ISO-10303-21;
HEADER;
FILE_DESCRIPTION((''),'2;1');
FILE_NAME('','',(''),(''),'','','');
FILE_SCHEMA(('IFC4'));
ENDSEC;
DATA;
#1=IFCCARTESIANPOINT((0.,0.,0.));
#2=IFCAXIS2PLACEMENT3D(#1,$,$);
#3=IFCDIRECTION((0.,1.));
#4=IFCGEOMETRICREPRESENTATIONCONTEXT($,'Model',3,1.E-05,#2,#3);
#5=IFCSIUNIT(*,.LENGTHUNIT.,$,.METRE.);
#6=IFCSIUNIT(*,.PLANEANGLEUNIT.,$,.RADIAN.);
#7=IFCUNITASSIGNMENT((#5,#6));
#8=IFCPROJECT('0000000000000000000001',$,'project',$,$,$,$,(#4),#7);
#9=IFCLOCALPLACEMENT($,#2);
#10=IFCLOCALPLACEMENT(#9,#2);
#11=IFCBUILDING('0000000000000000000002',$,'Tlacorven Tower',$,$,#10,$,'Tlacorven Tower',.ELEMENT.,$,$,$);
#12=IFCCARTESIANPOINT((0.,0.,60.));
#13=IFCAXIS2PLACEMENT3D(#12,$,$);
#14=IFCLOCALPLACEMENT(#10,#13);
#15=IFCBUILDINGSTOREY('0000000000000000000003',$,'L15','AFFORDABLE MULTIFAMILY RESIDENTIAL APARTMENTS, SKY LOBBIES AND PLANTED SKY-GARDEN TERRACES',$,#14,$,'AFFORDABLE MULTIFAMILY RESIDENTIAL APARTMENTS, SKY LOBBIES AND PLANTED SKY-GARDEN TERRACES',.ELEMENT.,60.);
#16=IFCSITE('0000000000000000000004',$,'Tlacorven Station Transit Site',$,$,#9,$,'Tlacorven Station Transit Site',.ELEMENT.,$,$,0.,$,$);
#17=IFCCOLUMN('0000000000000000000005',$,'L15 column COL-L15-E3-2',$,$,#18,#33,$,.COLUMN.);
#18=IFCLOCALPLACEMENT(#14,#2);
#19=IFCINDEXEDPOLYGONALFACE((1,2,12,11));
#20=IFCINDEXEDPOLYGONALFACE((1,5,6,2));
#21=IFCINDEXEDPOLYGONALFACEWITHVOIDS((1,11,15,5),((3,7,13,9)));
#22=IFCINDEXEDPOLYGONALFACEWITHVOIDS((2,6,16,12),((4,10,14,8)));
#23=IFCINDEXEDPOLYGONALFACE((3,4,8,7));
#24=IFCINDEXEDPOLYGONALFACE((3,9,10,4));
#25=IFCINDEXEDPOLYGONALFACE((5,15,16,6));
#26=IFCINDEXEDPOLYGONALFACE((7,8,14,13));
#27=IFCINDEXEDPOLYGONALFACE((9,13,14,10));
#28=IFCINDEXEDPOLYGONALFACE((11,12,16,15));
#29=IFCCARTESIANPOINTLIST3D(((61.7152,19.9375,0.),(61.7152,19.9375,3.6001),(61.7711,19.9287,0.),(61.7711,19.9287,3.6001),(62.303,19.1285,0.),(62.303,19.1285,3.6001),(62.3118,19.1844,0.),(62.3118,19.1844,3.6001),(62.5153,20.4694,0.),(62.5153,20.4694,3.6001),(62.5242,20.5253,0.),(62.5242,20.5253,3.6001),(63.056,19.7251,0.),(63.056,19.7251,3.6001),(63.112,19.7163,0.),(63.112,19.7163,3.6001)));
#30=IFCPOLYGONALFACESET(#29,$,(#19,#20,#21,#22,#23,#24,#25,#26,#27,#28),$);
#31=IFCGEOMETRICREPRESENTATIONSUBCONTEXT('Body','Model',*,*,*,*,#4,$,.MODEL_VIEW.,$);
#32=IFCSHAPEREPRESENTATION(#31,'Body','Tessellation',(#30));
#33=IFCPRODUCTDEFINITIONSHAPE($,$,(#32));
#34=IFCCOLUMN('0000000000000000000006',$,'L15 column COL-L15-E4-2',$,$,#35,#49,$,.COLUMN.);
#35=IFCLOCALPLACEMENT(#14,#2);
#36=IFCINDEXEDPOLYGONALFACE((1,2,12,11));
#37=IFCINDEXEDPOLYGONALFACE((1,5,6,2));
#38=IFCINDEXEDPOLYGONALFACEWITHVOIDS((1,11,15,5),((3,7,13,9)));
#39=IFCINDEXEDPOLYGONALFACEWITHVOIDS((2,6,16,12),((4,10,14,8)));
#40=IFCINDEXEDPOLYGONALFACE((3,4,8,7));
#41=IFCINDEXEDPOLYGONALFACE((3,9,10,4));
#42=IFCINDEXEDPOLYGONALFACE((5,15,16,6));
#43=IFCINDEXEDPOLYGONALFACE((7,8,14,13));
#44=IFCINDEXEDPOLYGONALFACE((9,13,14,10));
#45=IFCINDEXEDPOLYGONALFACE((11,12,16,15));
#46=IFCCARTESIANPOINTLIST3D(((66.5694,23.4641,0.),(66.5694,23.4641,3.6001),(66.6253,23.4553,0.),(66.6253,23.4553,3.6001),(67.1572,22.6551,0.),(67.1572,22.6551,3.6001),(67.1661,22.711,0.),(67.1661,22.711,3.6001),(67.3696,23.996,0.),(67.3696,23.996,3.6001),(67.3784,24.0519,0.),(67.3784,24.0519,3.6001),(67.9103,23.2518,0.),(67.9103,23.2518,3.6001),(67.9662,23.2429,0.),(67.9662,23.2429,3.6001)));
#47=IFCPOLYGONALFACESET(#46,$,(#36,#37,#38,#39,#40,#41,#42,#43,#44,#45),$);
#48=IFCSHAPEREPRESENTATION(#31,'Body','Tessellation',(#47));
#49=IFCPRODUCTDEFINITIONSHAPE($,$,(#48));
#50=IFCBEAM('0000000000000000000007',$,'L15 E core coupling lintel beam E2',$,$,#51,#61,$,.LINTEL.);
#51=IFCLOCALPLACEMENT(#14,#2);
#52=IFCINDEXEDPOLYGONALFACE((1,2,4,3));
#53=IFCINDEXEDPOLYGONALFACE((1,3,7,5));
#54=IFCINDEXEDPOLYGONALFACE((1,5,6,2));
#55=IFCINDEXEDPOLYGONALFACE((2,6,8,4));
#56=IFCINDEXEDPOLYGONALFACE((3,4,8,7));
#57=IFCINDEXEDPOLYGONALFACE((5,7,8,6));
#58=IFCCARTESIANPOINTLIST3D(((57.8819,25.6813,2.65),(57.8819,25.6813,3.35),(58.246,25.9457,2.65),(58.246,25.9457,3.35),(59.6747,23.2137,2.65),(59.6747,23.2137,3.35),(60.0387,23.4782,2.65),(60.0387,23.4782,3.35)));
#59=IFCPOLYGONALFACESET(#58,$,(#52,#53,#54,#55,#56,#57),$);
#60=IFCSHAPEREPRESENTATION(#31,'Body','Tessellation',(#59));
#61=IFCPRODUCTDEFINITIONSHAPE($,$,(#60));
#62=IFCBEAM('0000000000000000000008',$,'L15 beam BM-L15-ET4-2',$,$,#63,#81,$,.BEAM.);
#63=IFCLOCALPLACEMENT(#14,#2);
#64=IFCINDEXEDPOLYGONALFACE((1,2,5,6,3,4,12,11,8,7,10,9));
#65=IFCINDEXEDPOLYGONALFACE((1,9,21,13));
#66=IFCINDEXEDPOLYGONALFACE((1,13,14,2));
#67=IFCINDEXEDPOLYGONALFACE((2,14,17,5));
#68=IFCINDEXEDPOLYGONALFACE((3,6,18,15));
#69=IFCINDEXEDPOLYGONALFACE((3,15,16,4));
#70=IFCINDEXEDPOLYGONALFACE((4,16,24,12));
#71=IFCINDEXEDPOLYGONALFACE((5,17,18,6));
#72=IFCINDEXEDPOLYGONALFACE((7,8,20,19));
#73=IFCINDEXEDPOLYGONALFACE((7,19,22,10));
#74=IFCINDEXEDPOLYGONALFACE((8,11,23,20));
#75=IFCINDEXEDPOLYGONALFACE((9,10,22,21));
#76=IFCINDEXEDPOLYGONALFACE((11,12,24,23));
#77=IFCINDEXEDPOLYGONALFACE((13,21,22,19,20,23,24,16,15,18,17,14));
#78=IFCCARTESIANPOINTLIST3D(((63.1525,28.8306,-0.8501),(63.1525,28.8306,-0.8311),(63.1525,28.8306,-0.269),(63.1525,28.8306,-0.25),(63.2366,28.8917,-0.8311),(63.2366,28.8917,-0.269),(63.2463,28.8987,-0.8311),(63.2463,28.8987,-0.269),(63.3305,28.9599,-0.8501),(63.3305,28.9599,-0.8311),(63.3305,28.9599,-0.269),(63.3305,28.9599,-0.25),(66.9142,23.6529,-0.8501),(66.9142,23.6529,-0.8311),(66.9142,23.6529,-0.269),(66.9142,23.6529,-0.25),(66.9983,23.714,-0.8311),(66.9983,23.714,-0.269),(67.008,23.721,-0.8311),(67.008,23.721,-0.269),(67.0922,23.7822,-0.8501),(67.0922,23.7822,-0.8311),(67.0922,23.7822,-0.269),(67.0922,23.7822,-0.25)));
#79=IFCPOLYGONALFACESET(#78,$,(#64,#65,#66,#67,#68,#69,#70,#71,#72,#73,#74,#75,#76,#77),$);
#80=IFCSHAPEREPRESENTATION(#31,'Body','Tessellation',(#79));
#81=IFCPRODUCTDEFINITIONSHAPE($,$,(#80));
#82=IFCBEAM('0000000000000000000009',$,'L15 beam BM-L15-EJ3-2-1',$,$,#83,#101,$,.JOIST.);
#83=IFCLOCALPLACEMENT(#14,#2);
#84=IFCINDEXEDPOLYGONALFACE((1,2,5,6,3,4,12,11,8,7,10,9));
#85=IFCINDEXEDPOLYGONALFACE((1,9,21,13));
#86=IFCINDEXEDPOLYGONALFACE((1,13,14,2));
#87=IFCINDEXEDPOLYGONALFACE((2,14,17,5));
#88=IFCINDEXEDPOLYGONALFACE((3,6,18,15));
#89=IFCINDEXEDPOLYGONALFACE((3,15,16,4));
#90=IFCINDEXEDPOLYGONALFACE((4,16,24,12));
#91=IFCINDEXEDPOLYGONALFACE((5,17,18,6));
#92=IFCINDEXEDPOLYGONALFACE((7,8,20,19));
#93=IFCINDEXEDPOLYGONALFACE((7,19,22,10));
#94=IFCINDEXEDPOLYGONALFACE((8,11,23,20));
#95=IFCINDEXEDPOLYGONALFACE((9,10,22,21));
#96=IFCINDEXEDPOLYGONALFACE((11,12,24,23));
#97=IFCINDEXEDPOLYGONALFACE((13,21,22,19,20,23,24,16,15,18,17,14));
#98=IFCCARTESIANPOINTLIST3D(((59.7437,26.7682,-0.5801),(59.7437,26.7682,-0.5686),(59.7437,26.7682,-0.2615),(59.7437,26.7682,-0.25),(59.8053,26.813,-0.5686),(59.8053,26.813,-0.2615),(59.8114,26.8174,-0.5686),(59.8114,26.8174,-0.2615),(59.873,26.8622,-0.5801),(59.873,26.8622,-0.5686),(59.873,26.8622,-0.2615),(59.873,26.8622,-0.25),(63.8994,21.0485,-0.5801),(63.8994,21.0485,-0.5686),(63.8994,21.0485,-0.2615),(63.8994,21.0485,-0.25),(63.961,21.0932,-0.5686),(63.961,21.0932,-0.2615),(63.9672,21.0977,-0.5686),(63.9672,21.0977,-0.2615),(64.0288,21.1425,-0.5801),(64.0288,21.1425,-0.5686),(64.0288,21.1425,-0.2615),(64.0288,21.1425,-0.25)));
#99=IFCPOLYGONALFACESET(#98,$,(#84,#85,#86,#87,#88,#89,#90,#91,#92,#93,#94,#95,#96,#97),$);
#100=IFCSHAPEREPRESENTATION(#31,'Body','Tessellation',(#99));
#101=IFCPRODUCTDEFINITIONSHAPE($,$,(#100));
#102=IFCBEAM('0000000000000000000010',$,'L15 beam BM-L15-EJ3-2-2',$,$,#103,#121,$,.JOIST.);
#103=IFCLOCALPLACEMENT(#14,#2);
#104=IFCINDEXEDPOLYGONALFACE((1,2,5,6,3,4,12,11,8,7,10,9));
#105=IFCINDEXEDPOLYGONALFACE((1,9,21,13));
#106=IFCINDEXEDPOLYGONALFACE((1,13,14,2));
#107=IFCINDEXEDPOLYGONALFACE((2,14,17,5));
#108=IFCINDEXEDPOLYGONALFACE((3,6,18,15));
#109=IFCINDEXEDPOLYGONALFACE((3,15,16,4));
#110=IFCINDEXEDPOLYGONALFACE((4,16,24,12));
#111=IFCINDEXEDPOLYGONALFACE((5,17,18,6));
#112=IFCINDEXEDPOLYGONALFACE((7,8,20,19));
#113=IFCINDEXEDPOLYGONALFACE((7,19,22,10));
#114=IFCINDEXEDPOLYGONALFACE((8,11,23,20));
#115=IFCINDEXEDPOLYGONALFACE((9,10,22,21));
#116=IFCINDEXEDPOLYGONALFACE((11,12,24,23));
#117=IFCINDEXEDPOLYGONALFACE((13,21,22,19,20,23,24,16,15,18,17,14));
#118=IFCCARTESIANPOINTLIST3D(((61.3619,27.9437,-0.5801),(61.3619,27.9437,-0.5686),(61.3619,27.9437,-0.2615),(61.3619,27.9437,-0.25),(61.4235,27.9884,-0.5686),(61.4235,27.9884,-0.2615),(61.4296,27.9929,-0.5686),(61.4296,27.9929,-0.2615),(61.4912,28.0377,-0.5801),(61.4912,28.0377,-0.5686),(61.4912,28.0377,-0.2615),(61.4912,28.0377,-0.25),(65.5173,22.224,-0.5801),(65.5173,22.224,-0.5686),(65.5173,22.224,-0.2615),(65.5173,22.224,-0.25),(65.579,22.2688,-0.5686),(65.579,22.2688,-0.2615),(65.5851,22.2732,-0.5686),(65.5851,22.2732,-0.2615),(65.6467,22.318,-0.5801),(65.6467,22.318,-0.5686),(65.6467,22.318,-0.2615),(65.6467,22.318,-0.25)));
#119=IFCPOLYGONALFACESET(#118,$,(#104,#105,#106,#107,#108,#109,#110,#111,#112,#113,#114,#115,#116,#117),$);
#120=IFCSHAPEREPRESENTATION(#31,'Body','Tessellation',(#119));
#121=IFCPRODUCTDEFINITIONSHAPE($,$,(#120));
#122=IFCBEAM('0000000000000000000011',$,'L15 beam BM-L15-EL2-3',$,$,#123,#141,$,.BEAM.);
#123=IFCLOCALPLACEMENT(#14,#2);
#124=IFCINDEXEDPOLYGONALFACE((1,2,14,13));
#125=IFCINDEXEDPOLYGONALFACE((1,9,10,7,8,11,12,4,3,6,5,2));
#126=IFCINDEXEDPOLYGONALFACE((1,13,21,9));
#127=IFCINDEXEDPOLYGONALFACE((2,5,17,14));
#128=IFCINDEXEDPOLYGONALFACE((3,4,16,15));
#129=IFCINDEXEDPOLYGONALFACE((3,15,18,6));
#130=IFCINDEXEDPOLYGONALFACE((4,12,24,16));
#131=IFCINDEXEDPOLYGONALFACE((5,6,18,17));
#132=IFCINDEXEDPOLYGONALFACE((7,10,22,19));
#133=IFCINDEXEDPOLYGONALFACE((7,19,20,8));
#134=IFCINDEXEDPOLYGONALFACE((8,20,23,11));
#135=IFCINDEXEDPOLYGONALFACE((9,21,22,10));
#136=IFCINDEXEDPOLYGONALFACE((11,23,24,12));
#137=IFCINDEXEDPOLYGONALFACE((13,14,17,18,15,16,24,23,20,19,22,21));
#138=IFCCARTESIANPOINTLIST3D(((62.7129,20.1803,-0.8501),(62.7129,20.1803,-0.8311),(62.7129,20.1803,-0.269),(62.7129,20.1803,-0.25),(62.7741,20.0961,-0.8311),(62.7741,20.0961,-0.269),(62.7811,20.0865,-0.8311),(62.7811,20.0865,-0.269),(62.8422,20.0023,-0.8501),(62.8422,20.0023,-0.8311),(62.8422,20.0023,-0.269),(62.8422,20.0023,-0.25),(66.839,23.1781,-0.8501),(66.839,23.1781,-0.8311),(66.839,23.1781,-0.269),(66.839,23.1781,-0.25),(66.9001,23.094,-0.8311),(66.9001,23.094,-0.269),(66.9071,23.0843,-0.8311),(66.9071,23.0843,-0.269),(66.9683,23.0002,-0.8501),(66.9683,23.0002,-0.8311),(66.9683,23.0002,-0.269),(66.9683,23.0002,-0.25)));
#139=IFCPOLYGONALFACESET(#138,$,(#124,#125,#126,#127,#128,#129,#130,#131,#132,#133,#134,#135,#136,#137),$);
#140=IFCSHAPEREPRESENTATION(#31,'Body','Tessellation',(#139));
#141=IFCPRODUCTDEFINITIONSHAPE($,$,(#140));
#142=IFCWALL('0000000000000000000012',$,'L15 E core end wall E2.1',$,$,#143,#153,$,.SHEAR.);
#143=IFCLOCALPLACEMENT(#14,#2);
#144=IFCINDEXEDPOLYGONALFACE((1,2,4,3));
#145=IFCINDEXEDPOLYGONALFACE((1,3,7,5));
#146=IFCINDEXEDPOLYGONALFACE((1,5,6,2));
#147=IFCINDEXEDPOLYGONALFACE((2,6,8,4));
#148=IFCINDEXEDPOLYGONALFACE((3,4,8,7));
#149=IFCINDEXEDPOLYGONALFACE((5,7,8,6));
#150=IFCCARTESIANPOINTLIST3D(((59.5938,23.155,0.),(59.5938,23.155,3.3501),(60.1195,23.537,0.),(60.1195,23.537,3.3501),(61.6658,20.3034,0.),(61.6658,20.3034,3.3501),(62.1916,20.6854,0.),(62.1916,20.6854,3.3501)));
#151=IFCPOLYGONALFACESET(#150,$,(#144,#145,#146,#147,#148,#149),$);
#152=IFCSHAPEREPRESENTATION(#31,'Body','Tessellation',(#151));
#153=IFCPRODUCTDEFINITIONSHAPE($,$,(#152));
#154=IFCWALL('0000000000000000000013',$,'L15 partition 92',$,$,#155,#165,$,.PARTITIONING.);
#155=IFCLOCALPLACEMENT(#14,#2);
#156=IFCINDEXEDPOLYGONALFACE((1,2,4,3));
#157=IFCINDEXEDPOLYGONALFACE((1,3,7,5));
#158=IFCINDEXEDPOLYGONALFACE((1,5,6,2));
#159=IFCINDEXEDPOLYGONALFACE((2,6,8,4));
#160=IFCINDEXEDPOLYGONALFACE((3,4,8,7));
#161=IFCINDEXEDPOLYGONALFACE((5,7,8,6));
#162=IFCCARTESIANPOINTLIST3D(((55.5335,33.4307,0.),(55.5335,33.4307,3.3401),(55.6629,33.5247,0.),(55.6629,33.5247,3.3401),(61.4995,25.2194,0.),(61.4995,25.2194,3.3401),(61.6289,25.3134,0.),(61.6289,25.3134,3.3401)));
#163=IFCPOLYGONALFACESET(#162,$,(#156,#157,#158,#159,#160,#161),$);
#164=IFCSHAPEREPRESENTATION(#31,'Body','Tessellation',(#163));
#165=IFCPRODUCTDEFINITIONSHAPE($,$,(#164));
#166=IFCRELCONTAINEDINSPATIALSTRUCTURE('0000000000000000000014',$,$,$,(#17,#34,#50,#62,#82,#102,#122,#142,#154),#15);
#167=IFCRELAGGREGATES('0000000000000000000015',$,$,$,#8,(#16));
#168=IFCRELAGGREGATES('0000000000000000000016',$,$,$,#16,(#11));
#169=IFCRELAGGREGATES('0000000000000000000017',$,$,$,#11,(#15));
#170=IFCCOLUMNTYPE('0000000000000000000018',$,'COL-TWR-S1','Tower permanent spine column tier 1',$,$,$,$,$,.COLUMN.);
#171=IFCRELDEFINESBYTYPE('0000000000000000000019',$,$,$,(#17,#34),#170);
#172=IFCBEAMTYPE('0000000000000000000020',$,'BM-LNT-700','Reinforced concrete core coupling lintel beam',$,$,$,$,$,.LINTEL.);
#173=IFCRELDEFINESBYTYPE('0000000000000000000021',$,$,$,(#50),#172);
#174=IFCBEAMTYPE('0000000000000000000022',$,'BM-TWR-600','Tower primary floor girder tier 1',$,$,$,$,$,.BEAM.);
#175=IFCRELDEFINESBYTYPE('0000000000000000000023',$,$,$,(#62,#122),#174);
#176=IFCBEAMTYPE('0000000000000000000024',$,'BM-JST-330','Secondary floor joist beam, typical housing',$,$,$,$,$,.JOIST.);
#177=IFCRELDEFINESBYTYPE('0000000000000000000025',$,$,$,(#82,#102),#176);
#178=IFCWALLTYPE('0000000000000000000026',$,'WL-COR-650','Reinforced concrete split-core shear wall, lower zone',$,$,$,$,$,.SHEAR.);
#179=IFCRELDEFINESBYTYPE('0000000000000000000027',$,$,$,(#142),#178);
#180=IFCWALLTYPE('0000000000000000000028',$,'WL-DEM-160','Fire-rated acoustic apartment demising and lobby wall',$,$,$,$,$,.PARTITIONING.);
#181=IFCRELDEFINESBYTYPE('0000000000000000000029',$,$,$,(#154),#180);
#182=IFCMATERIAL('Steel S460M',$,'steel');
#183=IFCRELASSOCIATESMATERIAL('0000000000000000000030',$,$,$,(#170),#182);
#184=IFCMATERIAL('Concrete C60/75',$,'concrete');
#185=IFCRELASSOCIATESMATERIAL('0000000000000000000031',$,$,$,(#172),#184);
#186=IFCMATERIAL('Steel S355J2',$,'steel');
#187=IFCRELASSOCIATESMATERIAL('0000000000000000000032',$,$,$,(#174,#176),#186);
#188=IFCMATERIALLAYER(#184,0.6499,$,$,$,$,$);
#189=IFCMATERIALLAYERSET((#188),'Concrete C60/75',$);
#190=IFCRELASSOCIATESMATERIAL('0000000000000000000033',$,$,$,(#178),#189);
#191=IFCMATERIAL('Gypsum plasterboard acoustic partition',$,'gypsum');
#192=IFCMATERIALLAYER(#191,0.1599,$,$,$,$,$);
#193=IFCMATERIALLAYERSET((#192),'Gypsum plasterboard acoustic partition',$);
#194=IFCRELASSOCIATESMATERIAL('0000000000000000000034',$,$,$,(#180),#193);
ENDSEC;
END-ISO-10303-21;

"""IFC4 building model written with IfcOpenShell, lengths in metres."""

from ifc_helpers import new_model, si_unit, direction, frame, frame_2d, origin, origin_2d, place, context, subcontext, project, spatial, rectangle, hollow_rectangle, i_section, extrude, source, transform, mapped, material, layer, layer_set, material_profile, profile_set, type_object, element, save


model = new_model("IFC4")

# Units and contexts
model_context = context("Model", 3, precision=1e-05, world=origin(), true_north=direction((0.0, 1.0)))
body_context = subcontext(model_context, "Body", "Model", "MODEL_VIEW")
ifc_project = project(units=[si_unit("LENGTHUNIT", "METRE"), si_unit("PLANEANGLEUNIT", "RADIAN")], contexts=[model_context])

# Site, building, storey
site_placement = place(None, origin())
site = spatial("IfcSite", under=ifc_project, at=site_placement, Name="Tlacorven Station Transit Site", LongName="Tlacorven Station Transit Site", CompositionType="ELEMENT", RefElevation=0.0)
building_placement = place(site_placement, origin())
building = spatial("IfcBuilding", under=site, at=building_placement, Name="Tlacorven Tower", LongName="Tlacorven Tower", CompositionType="ELEMENT")
storey_placement = place(building_placement, frame((0.0, 0.0, 60.0)))
storey = spatial("IfcBuildingStorey", under=building, at=storey_placement, Name="L15", Description="AFFORDABLE MULTIFAMILY RESIDENTIAL APARTMENTS, SKY LOBBIES AND PLANTED SKY-GARDEN TERRACES", LongName="AFFORDABLE MULTIFAMILY RESIDENTIAL APARTMENTS, SKY LOBBIES AND PLANTED SKY-GARDEN TERRACES", CompositionType="ELEMENT", Elevation=60.0)

# Columns
ifc_material_1 = material(Name="Steel S460M", Category="steel")
ifc_material_profile_1 = material_profile(ifc_material_1, hollow_rectangle(XDim=1.0, YDim=1.0, WallThickness=0.04, at=origin_2d()), Name="BOX 1000X1000X40")
ifc_profile_set_1 = profile_set([ifc_material_profile_1], Name="Steel S460M")
column_type = type_object("IfcColumnType", Name="COL-TWR-S1", Description="Tower permanent spine column tier 1", PredefinedType="COLUMN", material=ifc_profile_set_1)
shared_shape_1 = source(origin(), body_context, "Body", "SweptSolid", [
    extrude(hollow_rectangle(XDim=1.0, YDim=1.0, WallThickness=0.04, at=origin_2d()), origin(), (0.0, 0.0, 1.0), 3.6001),
])
for number, where, z_axis, x_axis, name in (
    (1, (62.4136, 19.8269, 0.0), (0.0, 0.0, 1.0), (0.809017, 0.587785, 0.0), "L15 column COL-L15-E3-2"),
    (2, (67.2678, 23.3535, 0.0), (0.0, 0.0, 1.0), (0.809017, 0.587785, 0.0), "L15 column COL-L15-E4-2"),
):
    element("IfcColumn", number, at=place(storey_placement, frame(where, z_axis=z_axis, x_axis=x_axis)), inside=storey, type_object=column_type, Name=name, PredefinedType="COLUMN", context=body_context, shape_type="MappedRepresentation", body=[
        mapped(shared_shape_1, transform((0.0, 0.0, 0.0), scale=1.0)),
    ])

# Beams
ifc_material_2 = material(Name="Concrete C60/75", Category="concrete")
ifc_material_profile_2 = material_profile(ifc_material_2, rectangle(XDim=0.45, YDim=0.7, at=origin_2d()), Name="RC 450X700")
ifc_profile_set_2 = profile_set([ifc_material_profile_2], Name="Concrete C60/75")
beam_type_1 = type_object("IfcBeamType", Name="BM-LNT-700", Description="Reinforced concrete core coupling lintel beam", PredefinedType="LINTEL", material=ifc_profile_set_2)
shared_shape_2 = source(origin(), body_context, "Body", "SweptSolid", [
    extrude(rectangle(XDim=0.45, YDim=0.7, at=origin_2d()), origin(), (0.0, 0.0, 1.0), 3.05),
])
beam_1_placement = place(storey_placement, frame((59.8567, 23.3459, 3.0), z_axis=(-0.587777, 0.809023, 0.0), x_axis=(-0.809023, -0.587777, 0.0)))
element("IfcBeam", 3, at=beam_1_placement, inside=storey, type_object=beam_type_1, Name="L15 E core coupling lintel beam E2", PredefinedType="LINTEL", context=body_context, shape_type="MappedRepresentation", body=[
    mapped(shared_shape_2, transform((0.0, 0.0, 0.0), scale=1.0)),
])
ifc_material_3 = material(Name="Steel S355J2", Category="steel")
ifc_material_profile_3 = material_profile(ifc_material_3, i_section(OverallWidth=0.22, OverallDepth=0.6001, WebThickness=0.012, FlangeThickness=0.019, at=origin_2d()), Name="IPE 600")
ifc_profile_set_3 = profile_set([ifc_material_profile_3], Name="Steel S355J2")
beam_type_2 = type_object("IfcBeamType", Name="BM-TWR-600", Description="Tower primary floor girder tier 1", PredefinedType="BEAM", material=ifc_profile_set_3)
shared_shape_3 = source(origin(), body_context, "Body", "SweptSolid", [
    extrude(i_section(OverallWidth=0.22, OverallDepth=0.6001, WebThickness=0.012, FlangeThickness=0.019, at=origin_2d()), origin(), (0.0, 0.0, 1.0), 6.3999),
])
beam_2_placement = place(storey_placement, frame((67.0032, 23.7175, -0.55), z_axis=(-0.587772, 0.809026, 0.0), x_axis=(-0.809026, -0.587772, 0.0)))
element("IfcBeam", 4, at=beam_2_placement, inside=storey, type_object=beam_type_2, Name="L15 beam BM-L15-ET4-2", PredefinedType="BEAM", context=body_context, shape_type="MappedRepresentation", body=[
    mapped(shared_shape_3, transform((0.0, 0.0, 0.0), scale=1.0)),
])
ifc_material_profile_4 = material_profile(ifc_material_3, i_section(OverallWidth=0.1599, OverallDepth=0.3301, WebThickness=0.0076, FlangeThickness=0.0115, at=origin_2d()), Name="IPE 330")
ifc_profile_set_4 = profile_set([ifc_material_profile_4], Name="Steel S355J2")
beam_type_3 = type_object("IfcBeamType", Name="BM-JST-330", Description="Secondary floor joist beam, typical housing", PredefinedType="JOIST", material=ifc_profile_set_4)
shared_shape_4 = source(origin(), body_context, "Body", "SweptSolid", [
    extrude(i_section(OverallWidth=0.1599, OverallDepth=0.3301, WebThickness=0.0076, FlangeThickness=0.0115, at=origin_2d()), origin(), (0.0, 0.0, 1.0), 7.0701),
])
beam_3_placement = place(storey_placement, frame((63.9641, 21.0955, -0.415), z_axis=(-0.587798, 0.809008, 0.0), x_axis=(-0.809008, -0.587798, 0.0)))
element("IfcBeam", 5, at=beam_3_placement, inside=storey, type_object=beam_type_3, Name="L15 beam BM-L15-EJ3-2-1", PredefinedType="JOIST", context=body_context, shape_type="MappedRepresentation", body=[
    mapped(shared_shape_4, transform((0.0, 0.0, 0.0), scale=1.0)),
])
shared_shape_5 = source(origin(), body_context, "Body", "SweptSolid", [
    extrude(i_section(OverallWidth=0.1599, OverallDepth=0.3301, WebThickness=0.0076, FlangeThickness=0.0115, at=origin_2d()), origin(), (0.0, 0.0, 1.0), 7.0698),
])
beam_4_placement = place(storey_placement, frame((65.582, 22.271, -0.415), z_axis=(-0.587775, 0.809024, 0.0), x_axis=(-0.809024, -0.587775, 0.0)))
element("IfcBeam", 6, at=beam_4_placement, inside=storey, type_object=beam_type_3, Name="L15 beam BM-L15-EJ3-2-2", PredefinedType="JOIST", context=body_context, shape_type="MappedRepresentation", body=[
    mapped(shared_shape_5, transform((0.0, 0.0, 0.0), scale=1.0)),
])
shared_shape_6 = source(origin(), body_context, "Body", "SweptSolid", [
    extrude(i_section(OverallWidth=0.22, OverallDepth=0.6001, WebThickness=0.012, FlangeThickness=0.019, at=origin_2d()), origin(), (0.0, 0.0, 1.0), 5.1001),
])
beam_5_placement = place(storey_placement, frame((62.7776, 20.0913, -0.55), z_axis=(0.809007, 0.587799, 0.0), x_axis=(-0.587799, 0.809007, 0.0)))
element("IfcBeam", 7, at=beam_5_placement, inside=storey, type_object=beam_type_2, Name="L15 beam BM-L15-EL2-3", PredefinedType="BEAM", context=body_context, shape_type="MappedRepresentation", body=[
    mapped(shared_shape_6, transform((0.0, 0.0, 0.0), scale=1.0)),
])

# Walls
ifc_layer_1 = layer(ifc_material_2, 0.6499)
ifc_layer_set_1 = layer_set([ifc_layer_1], Name="Concrete C60/75")
wall_type_1 = type_object("IfcWallType", Name="WL-COR-650", Description="Reinforced concrete split-core shear wall, lower zone", PredefinedType="SHEAR", material=ifc_layer_set_1)
wall_1_placement = place(storey_placement, frame((61.9287, 20.4944, 0.0), z_axis=(0.0, 0.0, 1.0), x_axis=(-0.58783, 0.808985, 0.0)))
element("IfcWall", 8, at=wall_1_placement, inside=storey, type_object=wall_type_1, Name="L15 E core end wall E2.1", PredefinedType="SHEAR", context=body_context, shape_type="SweptSolid", body=[
    extrude(rectangle(XDim=3.5249, YDim=0.6499, at=frame_2d((1.7625, 0.0))), origin(), (0.0, 0.0, 1.0), 3.3501),
])
ifc_material_4 = material(Name="Gypsum plasterboard acoustic partition", Category="gypsum")
ifc_layer_2 = layer(ifc_material_4, 0.1599)
ifc_layer_set_2 = layer_set([ifc_layer_2], Name="Gypsum plasterboard acoustic partition")
wall_type_2 = type_object("IfcWallType", Name="WL-DEM-160", Description="Fire-rated acoustic apartment demising and lobby wall", PredefinedType="PARTITIONING", material=ifc_layer_set_2)
wall_2_placement = place(storey_placement, frame((61.5642, 25.2664, 0.0), z_axis=(0.0, 0.0, 1.0), x_axis=(-0.587793, 0.809012, 0.0)))
element("IfcWall", 9, at=wall_2_placement, inside=storey, type_object=wall_type_2, Name="L15 partition 92", PredefinedType="PARTITIONING", context=body_context, shape_type="SweptSolid", body=[
    extrude(rectangle(XDim=10.1499, YDim=0.1599, at=frame_2d((5.075, 0.0))), origin(), (0.0, 0.0, 1.0), 3.3401),
])

save(model, "model.ifc")
